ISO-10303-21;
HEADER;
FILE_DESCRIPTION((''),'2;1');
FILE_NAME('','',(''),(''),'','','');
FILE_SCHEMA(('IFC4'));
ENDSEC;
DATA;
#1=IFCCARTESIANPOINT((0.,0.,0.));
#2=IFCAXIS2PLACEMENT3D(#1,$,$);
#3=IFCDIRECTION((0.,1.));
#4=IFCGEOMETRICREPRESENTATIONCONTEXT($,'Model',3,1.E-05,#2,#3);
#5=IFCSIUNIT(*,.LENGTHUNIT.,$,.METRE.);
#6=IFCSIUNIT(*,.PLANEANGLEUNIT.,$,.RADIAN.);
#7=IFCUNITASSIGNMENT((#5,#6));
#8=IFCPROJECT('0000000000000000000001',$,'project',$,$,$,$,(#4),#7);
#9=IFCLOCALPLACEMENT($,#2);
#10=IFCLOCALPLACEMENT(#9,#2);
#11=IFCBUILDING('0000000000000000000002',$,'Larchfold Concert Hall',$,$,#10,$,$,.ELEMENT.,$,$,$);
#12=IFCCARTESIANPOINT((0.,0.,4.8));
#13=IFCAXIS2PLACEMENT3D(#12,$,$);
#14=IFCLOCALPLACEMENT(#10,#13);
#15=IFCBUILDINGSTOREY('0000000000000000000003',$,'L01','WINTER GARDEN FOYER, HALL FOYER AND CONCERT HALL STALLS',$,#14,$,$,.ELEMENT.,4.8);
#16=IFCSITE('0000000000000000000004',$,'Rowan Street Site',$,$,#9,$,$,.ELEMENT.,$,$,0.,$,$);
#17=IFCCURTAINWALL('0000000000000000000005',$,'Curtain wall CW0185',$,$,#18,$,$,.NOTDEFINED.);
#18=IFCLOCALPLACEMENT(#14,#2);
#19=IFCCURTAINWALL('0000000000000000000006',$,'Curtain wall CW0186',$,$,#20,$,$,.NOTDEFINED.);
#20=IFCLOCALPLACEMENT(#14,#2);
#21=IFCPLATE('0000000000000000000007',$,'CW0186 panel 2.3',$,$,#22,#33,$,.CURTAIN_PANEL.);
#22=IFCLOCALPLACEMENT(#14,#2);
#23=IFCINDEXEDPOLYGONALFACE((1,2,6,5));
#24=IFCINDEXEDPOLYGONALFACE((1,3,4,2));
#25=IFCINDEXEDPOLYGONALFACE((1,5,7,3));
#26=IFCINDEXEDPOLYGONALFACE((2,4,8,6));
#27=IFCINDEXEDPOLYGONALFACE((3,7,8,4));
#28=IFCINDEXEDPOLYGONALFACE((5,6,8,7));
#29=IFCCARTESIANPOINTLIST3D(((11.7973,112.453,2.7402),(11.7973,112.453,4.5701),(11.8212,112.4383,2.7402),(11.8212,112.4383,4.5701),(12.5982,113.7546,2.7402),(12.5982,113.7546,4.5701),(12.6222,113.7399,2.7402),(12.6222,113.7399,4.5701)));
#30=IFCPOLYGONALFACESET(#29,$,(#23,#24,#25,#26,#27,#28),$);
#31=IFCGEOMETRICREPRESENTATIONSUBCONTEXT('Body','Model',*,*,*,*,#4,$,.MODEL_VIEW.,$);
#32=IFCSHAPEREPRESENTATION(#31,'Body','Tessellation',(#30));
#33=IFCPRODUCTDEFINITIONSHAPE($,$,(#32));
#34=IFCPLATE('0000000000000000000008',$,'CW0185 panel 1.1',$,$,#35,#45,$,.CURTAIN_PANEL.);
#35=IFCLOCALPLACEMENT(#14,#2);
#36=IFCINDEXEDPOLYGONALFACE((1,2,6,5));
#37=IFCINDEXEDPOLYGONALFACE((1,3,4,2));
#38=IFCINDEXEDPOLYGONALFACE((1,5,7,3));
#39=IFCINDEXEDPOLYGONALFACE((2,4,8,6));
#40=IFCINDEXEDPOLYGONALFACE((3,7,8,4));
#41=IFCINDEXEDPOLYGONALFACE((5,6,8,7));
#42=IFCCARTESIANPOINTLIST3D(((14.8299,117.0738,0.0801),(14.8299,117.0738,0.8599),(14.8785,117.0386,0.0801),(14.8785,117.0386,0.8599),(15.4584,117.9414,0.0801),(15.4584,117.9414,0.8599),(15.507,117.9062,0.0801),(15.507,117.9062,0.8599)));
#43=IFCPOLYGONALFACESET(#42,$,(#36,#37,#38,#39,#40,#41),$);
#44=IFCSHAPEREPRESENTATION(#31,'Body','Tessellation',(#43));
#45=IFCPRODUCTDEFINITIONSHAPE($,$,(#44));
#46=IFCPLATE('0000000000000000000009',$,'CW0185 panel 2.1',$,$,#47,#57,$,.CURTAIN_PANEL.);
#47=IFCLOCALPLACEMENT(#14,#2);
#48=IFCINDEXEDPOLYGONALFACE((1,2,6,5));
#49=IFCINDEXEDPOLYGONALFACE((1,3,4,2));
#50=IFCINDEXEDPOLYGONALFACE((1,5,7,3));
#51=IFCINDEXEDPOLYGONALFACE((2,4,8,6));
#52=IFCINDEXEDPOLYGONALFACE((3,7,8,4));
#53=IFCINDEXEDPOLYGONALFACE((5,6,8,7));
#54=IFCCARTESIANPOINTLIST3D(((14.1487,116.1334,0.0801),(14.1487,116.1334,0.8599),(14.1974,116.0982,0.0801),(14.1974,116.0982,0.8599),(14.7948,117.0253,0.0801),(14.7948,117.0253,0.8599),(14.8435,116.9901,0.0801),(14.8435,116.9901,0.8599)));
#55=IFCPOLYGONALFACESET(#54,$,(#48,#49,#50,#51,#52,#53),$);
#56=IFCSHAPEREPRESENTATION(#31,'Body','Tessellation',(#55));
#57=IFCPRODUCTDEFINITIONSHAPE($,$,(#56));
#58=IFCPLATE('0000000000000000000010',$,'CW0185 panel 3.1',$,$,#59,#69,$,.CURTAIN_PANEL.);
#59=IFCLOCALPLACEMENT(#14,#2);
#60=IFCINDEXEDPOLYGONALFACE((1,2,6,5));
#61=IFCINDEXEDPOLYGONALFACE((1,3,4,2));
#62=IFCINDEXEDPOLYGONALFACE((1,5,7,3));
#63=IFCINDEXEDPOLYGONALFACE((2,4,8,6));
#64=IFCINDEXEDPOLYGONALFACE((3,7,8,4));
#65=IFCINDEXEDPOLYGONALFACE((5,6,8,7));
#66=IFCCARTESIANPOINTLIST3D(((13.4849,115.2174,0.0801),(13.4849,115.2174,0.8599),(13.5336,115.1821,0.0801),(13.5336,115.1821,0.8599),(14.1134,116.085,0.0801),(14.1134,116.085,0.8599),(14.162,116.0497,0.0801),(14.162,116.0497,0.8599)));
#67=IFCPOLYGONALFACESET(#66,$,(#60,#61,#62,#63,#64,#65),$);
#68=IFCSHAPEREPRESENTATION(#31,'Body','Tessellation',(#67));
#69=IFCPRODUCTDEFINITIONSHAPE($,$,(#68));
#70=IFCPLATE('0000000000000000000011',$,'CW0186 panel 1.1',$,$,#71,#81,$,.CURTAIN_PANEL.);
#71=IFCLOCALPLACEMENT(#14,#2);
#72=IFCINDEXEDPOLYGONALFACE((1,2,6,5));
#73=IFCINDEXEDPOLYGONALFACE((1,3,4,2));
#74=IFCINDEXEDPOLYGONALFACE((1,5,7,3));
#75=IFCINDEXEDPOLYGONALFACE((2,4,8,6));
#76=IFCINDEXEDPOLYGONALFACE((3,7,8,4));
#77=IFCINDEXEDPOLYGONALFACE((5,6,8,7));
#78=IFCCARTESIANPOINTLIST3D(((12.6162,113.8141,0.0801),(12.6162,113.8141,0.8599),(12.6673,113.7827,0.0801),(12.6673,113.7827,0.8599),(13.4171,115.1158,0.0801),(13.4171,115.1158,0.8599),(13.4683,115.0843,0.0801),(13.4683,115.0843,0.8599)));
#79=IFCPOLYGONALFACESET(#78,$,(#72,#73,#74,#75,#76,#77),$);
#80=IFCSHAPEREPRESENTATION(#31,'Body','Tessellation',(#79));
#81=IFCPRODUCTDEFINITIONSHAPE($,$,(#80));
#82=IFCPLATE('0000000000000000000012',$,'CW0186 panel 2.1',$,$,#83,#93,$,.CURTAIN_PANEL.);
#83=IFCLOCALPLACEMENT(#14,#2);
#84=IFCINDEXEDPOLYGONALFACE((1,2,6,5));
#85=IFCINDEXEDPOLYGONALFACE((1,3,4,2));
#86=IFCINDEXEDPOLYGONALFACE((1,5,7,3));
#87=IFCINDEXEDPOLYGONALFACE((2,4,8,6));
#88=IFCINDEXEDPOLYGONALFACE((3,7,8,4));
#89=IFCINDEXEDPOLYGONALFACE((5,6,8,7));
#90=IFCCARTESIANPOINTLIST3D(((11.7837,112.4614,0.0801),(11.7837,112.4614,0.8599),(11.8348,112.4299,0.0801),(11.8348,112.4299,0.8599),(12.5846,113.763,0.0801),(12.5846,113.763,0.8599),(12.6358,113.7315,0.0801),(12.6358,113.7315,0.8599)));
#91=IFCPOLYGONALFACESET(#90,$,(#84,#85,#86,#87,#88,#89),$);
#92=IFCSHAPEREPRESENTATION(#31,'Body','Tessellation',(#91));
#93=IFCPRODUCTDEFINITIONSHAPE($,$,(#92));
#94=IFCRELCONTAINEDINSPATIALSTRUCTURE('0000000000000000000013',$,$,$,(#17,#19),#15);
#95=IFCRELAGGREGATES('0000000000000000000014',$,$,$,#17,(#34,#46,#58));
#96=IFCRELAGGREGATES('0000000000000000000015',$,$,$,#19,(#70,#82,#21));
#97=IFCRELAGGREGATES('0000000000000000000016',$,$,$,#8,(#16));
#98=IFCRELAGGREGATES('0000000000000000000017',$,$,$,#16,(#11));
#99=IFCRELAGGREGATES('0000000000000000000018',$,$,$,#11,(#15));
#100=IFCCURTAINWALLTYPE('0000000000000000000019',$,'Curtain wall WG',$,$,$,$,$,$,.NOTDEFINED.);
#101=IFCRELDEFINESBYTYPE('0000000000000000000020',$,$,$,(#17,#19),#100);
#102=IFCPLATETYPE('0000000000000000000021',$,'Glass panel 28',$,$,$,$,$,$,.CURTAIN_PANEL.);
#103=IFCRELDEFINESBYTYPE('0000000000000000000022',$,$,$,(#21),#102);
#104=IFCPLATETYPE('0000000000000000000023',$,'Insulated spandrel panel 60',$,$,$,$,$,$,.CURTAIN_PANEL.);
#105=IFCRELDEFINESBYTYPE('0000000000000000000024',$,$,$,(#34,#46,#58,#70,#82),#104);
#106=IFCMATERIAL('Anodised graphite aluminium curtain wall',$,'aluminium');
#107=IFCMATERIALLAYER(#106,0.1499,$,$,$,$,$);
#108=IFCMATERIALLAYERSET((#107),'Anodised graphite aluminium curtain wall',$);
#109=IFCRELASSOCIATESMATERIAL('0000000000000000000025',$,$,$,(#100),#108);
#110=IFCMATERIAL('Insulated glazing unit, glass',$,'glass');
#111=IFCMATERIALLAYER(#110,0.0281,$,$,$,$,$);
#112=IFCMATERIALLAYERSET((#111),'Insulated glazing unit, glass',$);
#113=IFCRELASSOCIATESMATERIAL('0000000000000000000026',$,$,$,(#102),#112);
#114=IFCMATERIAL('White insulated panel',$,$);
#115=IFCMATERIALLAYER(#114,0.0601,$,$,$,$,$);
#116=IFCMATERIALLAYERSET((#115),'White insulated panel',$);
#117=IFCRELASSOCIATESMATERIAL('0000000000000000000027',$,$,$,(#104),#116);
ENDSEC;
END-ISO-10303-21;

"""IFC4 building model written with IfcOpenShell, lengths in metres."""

from ifc_helpers import new_model, si_unit, direction, frame, origin, origin_2d, place, context, subcontext, project, spatial, rectangle, extrude, material, layer, layer_set, type_object, element, aggregate, save


model = new_model("IFC4")

# Units and contexts
model_context = context("Model", 3, precision=1e-05, world=origin(), true_north=direction((0.0, 1.0)))
body_context = subcontext(model_context, "Body", "Model", "MODEL_VIEW")
ifc_project = project(units=[si_unit("LENGTHUNIT", "METRE"), si_unit("PLANEANGLEUNIT", "RADIAN")], contexts=[model_context])

# Site, building, storey
site_placement = place(None, origin())
site = spatial("IfcSite", under=ifc_project, at=site_placement, Name="Rowan Street Site", CompositionType="ELEMENT", RefElevation=0.0)
building_placement = place(site_placement, origin())
building = spatial("IfcBuilding", under=site, at=building_placement, Name="Larchfold Concert Hall", CompositionType="ELEMENT")
storey_placement = place(building_placement, frame((0.0, 0.0, 4.8)))
storey = spatial("IfcBuildingStorey", under=building, at=storey_placement, Name="L01", Description="WINTER GARDEN FOYER, HALL FOYER AND CONCERT HALL STALLS", CompositionType="ELEMENT", Elevation=4.8)

# Curtain walls
ifc_material_1 = material(Name="Anodised graphite aluminium curtain wall", Category="aluminium")
ifc_layer_1 = layer(ifc_material_1, 0.1499)
ifc_layer_set_1 = layer_set([ifc_layer_1], Name="Anodised graphite aluminium curtain wall")
curtain_wall_type = type_object("IfcCurtainWallType", Name="Curtain wall WG", PredefinedType="NOTDEFINED", material=ifc_layer_set_1)
curtain_wall_1_placement = place(storey_placement, origin())
curtain_wall_1 = element("IfcCurtainWall", 1, at=curtain_wall_1_placement, inside=storey, type_object=curtain_wall_type, Name="Curtain wall CW0185", PredefinedType="NOTDEFINED")
curtain_wall_2_placement = place(storey_placement, origin())
curtain_wall_2 = element("IfcCurtainWall", 2, at=curtain_wall_2_placement, inside=storey, type_object=curtain_wall_type, Name="Curtain wall CW0186", PredefinedType="NOTDEFINED")

# Plates
ifc_material_2 = material(Name="Insulated glazing unit, glass", Category="glass")
ifc_layer_2 = layer(ifc_material_2, 0.0281)
ifc_layer_set_2 = layer_set([ifc_layer_2], Name="Insulated glazing unit, glass")
plate_type_1 = type_object("IfcPlateType", Name="Glass panel 28", PredefinedType="CURTAIN_PANEL", material=ifc_layer_set_2)
plate_1_placement = place(storey_placement, frame((12.2097, 113.0964, 2.7402), z_axis=(0.0, 0.0, 1.0), x_axis=(-0.524081, -0.851669, 0.0)))
plate_1 = element("IfcPlate", 3, at=plate_1_placement, type_object=plate_type_1, Name="CW0186 panel 2.3", PredefinedType="CURTAIN_PANEL", context=body_context, shape_type="SweptSolid", body=[
    extrude(rectangle(XDim=1.5283, YDim=0.0281, at=origin_2d()), origin(), (0.0, 0.0, 1.0), 1.8298),
])
ifc_material_3 = material(Name="White insulated panel")
ifc_layer_3 = layer(ifc_material_3, 0.0601)
ifc_layer_set_3 = layer_set([ifc_layer_3], Name="White insulated panel")
plate_type_2 = type_object("IfcPlateType", Name="Insulated spandrel panel 60", PredefinedType="CURTAIN_PANEL", material=ifc_layer_set_3)
plate_2_placement = place(storey_placement, frame((15.1685, 117.49, 0.0801), z_axis=(0.0, 0.0, 1.0), x_axis=(-0.586641, -0.809847, 0.0)))
plate_2 = element("IfcPlate", 4, at=plate_2_placement, type_object=plate_type_2, Name="CW0185 panel 1.1", PredefinedType="CURTAIN_PANEL", context=body_context, shape_type="SweptSolid", body=[
    extrude(rectangle(XDim=1.0713, YDim=0.0601, at=origin_2d()), origin(), (0.0, 0.0, 1.0), 0.7798),
])
plate_3_placement = place(storey_placement, frame((14.4961, 116.5618, 0.0801), z_axis=(0.0, 0.0, 1.0), x_axis=(-0.586641, -0.809847, 0.0)))
plate_3 = element("IfcPlate", 5, at=plate_3_placement, type_object=plate_type_2, Name="CW0185 panel 2.1", PredefinedType="CURTAIN_PANEL", context=body_context, shape_type="SweptSolid", body=[
    extrude(rectangle(XDim=1.1013, YDim=0.0601, at=origin_2d()), origin(), (0.0, 0.0, 1.0), 0.7798),
])
plate_4_placement = place(storey_placement, frame((13.8235, 115.6335, 0.0801), z_axis=(0.0, 0.0, 1.0), x_axis=(-0.586641, -0.809847, 0.0)))
plate_4 = element("IfcPlate", 6, at=plate_4_placement, type_object=plate_type_2, Name="CW0185 panel 3.1", PredefinedType="CURTAIN_PANEL", context=body_context, shape_type="SweptSolid", body=[
    extrude(rectangle(XDim=1.0713, YDim=0.0601, at=origin_2d()), origin(), (0.0, 0.0, 1.0), 0.7798),
])
aggregate(curtain_wall_1, [plate_2, plate_3, plate_4])
plate_5_placement = place(storey_placement, frame((13.0422, 114.4492, 0.0801), z_axis=(0.0, 0.0, 1.0), x_axis=(-0.524081, -0.851669, 0.0)))
plate_5 = element("IfcPlate", 7, at=plate_5_placement, type_object=plate_type_2, Name="CW0186 panel 1.1", PredefinedType="CURTAIN_PANEL", context=body_context, shape_type="SweptSolid", body=[
    extrude(rectangle(XDim=1.5283, YDim=0.0601, at=origin_2d()), origin(), (0.0, 0.0, 1.0), 0.7798),
])
plate_6_placement = place(storey_placement, frame((12.2097, 113.0964, 0.0801), z_axis=(0.0, 0.0, 1.0), x_axis=(-0.524081, -0.851669, 0.0)))
plate_6 = element("IfcPlate", 8, at=plate_6_placement, type_object=plate_type_2, Name="CW0186 panel 2.1", PredefinedType="CURTAIN_PANEL", context=body_context, shape_type="SweptSolid", body=[
    extrude(rectangle(XDim=1.5283, YDim=0.0601, at=origin_2d()), origin(), (0.0, 0.0, 1.0), 0.7798),
])
aggregate(curtain_wall_2, [plate_5, plate_6, plate_1])

save(model, "model.ifc")
